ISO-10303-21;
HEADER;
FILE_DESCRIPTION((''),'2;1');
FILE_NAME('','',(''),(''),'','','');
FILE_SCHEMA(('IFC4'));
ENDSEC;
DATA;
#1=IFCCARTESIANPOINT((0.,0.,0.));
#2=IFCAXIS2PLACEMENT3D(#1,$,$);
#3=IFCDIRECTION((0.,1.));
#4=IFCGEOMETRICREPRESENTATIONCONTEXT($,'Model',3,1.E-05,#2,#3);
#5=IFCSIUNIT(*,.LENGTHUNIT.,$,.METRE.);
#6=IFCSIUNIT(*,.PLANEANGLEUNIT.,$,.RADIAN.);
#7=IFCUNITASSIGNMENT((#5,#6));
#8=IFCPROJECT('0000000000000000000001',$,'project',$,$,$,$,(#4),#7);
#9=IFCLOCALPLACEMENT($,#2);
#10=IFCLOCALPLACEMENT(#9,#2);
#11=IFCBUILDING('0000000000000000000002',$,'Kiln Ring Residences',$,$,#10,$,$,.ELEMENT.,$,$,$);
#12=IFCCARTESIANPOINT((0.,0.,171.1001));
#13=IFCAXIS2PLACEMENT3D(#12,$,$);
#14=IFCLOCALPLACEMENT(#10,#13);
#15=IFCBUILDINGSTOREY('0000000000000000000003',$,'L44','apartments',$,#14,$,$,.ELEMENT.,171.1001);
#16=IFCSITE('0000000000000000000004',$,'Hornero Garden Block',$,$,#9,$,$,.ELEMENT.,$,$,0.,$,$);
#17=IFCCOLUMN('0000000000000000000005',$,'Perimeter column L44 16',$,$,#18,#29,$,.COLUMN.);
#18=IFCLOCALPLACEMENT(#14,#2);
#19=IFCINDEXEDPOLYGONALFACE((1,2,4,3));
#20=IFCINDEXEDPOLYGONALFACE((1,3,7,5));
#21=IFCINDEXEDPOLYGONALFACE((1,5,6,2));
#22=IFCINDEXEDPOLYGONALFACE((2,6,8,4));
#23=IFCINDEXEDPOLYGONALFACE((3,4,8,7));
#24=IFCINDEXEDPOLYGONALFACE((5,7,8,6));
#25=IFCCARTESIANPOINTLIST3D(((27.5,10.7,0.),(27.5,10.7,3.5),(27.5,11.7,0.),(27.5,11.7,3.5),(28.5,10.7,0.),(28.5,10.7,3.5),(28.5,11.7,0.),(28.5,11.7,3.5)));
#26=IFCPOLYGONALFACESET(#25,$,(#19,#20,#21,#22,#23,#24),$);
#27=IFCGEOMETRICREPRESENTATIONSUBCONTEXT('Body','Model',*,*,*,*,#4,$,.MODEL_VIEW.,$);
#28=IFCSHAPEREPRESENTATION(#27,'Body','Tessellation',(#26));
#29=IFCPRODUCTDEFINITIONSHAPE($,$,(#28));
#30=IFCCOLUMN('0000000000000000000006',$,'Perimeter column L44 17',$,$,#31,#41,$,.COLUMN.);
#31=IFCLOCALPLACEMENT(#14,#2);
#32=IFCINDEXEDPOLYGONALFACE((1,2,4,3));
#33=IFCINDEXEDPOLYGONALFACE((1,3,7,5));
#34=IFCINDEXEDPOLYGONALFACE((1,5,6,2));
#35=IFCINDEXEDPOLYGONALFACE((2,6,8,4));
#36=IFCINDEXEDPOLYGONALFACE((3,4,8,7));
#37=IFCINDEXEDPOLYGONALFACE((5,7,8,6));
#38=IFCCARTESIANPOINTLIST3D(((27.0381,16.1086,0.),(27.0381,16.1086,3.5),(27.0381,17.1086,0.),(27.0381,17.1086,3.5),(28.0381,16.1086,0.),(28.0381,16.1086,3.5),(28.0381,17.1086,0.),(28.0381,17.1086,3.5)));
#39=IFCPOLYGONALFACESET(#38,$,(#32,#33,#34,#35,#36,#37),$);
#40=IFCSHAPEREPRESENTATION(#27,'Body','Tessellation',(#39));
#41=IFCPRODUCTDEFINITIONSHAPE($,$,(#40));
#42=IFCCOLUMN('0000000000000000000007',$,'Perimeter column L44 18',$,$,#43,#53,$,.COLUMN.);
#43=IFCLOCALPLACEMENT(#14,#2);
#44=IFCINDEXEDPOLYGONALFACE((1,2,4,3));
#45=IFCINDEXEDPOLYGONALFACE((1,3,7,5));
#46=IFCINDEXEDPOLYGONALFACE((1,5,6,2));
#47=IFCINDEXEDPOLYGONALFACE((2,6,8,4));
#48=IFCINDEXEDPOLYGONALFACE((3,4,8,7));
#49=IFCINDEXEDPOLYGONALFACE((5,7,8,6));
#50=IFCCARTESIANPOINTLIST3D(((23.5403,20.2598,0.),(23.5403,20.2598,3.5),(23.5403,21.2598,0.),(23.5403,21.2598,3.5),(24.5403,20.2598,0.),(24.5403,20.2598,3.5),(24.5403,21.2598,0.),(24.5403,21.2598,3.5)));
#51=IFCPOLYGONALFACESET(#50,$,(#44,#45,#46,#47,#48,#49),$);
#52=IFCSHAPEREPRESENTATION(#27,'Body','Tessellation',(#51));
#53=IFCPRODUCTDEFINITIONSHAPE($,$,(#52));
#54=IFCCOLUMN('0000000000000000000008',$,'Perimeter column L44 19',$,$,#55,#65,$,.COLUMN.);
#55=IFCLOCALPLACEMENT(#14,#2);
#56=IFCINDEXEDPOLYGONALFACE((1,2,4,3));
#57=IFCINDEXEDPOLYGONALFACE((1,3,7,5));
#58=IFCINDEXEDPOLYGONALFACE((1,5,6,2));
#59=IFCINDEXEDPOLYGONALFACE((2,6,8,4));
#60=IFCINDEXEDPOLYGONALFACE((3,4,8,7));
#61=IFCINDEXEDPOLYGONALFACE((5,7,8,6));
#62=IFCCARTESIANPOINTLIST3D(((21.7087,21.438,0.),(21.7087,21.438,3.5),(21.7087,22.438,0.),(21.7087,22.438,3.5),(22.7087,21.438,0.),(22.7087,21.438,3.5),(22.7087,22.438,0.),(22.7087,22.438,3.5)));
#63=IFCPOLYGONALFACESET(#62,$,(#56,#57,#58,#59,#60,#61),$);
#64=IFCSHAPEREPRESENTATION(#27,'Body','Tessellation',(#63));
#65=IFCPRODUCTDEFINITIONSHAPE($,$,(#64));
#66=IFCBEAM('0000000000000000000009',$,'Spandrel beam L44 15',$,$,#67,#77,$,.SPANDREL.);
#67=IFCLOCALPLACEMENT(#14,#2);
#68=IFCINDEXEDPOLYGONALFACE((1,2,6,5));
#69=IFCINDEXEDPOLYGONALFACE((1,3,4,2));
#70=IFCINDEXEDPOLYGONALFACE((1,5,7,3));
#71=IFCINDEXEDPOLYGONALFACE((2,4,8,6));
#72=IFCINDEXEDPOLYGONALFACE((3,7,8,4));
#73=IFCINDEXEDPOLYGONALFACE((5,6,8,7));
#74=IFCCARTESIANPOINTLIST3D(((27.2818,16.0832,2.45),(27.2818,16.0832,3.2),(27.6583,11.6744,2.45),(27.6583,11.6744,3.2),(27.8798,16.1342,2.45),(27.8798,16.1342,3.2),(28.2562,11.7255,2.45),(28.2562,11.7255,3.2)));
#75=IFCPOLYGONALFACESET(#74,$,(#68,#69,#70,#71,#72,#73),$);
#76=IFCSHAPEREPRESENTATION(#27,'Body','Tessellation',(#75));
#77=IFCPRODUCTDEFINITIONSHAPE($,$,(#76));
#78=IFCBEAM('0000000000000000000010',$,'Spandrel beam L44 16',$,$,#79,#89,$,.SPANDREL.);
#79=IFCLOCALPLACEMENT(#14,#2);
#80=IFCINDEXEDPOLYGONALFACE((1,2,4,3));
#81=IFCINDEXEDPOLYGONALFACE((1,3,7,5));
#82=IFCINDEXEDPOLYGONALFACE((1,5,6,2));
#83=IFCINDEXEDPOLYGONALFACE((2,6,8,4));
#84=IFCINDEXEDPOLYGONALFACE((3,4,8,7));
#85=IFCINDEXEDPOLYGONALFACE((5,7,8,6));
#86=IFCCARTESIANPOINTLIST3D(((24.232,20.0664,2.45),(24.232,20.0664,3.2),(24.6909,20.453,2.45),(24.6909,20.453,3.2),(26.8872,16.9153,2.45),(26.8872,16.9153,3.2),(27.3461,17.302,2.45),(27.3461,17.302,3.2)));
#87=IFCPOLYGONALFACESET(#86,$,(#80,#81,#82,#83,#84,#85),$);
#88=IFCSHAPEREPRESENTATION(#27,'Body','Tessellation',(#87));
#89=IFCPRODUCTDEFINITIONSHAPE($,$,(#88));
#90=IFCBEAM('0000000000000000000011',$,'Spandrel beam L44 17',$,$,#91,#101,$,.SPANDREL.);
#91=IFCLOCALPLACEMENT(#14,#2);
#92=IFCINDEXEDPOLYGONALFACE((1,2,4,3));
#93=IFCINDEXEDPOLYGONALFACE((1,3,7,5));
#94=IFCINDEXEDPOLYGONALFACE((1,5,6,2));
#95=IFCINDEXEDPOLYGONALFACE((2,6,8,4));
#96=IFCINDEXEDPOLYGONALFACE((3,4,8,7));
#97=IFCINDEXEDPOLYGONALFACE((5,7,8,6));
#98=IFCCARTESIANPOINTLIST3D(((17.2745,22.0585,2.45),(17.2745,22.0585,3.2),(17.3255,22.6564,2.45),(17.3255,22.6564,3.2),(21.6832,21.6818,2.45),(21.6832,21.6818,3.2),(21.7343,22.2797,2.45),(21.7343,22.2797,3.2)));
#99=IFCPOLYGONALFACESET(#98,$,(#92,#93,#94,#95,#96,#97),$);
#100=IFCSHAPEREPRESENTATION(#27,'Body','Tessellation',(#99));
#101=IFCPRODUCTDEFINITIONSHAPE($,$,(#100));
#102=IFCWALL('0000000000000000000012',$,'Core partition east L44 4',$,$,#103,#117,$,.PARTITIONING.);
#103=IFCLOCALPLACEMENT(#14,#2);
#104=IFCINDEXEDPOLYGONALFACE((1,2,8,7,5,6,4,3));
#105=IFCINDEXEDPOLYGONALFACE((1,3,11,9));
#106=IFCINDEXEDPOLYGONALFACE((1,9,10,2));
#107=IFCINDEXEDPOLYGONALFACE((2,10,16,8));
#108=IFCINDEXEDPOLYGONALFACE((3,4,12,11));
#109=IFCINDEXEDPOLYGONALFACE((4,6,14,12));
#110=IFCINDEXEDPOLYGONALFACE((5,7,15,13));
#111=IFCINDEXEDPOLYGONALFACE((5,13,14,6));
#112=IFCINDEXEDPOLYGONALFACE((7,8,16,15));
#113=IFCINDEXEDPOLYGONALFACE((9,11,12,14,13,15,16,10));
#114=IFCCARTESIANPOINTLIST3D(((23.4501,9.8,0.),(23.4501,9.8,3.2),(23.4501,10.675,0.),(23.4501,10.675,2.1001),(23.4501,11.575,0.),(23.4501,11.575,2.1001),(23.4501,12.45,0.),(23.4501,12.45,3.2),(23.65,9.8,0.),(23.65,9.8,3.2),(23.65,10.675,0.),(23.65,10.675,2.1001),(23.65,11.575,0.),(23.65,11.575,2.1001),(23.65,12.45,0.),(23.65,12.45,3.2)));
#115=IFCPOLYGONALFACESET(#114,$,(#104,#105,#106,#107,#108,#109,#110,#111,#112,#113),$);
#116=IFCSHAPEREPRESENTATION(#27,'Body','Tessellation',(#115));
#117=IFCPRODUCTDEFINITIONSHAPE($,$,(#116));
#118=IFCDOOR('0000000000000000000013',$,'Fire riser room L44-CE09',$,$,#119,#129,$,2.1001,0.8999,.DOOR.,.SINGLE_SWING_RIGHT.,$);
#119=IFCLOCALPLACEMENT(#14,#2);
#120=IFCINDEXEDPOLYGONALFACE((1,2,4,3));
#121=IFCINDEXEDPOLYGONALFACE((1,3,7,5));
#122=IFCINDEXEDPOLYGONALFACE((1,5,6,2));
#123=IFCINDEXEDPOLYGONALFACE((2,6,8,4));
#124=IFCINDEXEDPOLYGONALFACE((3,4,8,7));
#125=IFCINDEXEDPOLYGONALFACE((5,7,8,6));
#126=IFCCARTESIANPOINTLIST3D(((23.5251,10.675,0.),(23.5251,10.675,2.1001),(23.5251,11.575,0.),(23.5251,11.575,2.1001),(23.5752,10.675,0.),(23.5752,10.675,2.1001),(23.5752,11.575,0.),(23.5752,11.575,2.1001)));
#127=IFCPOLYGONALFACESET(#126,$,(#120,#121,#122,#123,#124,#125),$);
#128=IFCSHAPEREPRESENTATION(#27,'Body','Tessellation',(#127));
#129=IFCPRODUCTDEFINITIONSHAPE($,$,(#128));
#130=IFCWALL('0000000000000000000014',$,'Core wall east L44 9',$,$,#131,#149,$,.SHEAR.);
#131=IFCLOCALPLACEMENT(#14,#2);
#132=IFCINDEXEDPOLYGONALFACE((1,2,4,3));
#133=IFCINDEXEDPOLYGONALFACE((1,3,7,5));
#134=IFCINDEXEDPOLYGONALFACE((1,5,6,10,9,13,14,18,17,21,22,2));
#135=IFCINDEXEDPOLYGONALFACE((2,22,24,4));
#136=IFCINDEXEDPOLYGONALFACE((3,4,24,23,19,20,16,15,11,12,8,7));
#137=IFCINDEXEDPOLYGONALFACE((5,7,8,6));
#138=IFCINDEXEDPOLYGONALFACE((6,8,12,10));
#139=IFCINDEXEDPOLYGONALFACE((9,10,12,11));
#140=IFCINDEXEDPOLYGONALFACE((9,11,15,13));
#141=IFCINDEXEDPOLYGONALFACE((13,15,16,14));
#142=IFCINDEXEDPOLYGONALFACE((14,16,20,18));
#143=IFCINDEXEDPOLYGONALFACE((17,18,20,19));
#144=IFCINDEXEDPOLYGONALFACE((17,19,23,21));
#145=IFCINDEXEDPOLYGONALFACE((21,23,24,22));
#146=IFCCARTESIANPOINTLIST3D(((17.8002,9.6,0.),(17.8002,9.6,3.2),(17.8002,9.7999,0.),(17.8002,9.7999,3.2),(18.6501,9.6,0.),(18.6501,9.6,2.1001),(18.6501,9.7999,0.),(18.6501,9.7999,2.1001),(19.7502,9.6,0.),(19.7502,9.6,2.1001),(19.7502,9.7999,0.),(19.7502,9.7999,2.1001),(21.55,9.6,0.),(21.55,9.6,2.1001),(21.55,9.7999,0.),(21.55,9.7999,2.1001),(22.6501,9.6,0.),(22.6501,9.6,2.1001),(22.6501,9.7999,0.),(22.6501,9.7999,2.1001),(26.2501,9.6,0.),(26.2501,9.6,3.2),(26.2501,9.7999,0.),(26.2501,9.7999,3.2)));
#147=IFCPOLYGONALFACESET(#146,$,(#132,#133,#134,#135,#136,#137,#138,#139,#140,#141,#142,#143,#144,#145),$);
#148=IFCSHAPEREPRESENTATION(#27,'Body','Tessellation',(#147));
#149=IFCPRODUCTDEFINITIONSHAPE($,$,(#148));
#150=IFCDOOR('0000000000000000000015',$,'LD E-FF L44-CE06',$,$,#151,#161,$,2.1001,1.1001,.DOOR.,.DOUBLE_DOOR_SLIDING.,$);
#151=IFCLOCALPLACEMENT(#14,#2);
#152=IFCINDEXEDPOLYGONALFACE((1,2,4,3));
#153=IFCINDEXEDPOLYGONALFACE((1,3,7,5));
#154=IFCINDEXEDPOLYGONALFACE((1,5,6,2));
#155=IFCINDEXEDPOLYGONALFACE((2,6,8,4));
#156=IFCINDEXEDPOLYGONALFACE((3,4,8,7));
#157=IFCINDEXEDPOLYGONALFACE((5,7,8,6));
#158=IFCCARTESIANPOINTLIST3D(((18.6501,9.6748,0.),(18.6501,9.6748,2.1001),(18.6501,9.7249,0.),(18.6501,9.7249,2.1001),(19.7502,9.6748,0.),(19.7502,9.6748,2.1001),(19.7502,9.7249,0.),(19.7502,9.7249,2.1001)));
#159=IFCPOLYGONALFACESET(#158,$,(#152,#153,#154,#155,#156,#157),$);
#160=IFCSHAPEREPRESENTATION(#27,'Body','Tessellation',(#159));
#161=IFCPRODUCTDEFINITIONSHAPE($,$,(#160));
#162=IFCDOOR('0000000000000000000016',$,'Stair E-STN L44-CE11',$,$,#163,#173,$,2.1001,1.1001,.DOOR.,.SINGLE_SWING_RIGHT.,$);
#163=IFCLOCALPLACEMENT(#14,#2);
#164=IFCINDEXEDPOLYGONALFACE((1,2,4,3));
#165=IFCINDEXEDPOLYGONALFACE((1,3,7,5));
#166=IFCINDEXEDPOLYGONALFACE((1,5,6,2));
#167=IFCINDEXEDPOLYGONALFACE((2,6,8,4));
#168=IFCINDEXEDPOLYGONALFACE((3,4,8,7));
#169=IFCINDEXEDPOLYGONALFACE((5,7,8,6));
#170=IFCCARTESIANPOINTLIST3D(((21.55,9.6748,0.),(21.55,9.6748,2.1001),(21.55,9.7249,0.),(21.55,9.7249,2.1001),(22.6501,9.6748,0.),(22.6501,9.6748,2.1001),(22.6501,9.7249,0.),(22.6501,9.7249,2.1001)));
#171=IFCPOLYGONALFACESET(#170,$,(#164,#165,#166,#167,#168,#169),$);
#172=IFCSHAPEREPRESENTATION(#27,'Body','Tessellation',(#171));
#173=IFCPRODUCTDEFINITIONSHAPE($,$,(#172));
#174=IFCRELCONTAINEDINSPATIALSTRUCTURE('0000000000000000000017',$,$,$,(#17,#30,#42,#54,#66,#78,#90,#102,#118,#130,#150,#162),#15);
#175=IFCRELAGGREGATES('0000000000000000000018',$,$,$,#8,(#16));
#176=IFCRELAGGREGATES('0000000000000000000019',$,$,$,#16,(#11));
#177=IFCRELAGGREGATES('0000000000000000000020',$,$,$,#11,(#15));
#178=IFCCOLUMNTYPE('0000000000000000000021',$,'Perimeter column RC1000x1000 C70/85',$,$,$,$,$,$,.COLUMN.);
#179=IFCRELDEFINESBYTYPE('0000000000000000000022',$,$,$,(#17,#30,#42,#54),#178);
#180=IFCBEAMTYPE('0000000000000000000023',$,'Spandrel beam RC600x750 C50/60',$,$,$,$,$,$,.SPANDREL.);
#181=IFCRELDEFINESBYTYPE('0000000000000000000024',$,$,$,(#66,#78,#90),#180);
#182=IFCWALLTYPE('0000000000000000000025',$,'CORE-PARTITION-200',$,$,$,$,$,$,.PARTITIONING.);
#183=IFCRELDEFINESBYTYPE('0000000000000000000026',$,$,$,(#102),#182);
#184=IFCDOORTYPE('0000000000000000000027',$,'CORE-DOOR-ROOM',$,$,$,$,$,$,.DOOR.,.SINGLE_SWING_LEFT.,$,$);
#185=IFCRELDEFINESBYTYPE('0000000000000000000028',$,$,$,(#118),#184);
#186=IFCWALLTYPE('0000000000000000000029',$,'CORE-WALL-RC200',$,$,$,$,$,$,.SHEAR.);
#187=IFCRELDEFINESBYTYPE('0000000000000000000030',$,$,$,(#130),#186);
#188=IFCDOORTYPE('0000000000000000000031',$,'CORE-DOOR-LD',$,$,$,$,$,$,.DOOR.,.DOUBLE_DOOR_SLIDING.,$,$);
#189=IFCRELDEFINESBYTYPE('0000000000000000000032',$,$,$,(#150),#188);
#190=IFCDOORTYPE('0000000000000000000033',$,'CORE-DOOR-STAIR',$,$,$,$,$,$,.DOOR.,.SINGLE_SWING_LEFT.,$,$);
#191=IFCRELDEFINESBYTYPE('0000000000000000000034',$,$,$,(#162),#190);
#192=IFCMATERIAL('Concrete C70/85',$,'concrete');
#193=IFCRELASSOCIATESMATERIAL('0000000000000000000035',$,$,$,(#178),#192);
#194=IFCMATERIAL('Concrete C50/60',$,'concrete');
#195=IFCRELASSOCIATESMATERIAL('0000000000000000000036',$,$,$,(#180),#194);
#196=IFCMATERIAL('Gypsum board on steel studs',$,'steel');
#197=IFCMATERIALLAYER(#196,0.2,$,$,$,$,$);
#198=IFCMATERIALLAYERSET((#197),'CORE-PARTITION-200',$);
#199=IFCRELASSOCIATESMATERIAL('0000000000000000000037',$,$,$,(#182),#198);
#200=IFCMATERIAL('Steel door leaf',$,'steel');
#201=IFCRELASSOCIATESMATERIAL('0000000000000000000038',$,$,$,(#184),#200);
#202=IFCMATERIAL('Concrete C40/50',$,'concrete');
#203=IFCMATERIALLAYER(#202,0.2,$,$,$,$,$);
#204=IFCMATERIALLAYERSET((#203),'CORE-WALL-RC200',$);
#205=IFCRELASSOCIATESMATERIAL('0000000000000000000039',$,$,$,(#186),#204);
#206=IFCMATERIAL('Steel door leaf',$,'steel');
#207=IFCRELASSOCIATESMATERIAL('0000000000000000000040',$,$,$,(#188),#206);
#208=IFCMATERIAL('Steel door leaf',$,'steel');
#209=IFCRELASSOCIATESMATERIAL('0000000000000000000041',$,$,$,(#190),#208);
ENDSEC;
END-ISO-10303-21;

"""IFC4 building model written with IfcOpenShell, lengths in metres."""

from ifc_helpers import new_model, si_unit, direction, frame, frame_2d, origin, origin_2d, place, context, subcontext, project, spatial, rectangle, extrude, material, layer, layer_set, material_profile, profile_set, type_object, element, fill, save


model = new_model("IFC4")

# Units and contexts
model_context = context("Model", 3, precision=1e-05, world=origin(), true_north=direction((0.0, 1.0)))
body_context = subcontext(model_context, "Body", "Model", "MODEL_VIEW")
ifc_project = project(units=[si_unit("LENGTHUNIT", "METRE"), si_unit("PLANEANGLEUNIT", "RADIAN")], contexts=[model_context])

# Site, building, storey
site_placement = place(None, origin())
site = spatial("IfcSite", under=ifc_project, at=site_placement, Name="Hornero Garden Block", CompositionType="ELEMENT", RefElevation=0.0)
building_placement = place(site_placement, origin())
building = spatial("IfcBuilding", under=site, at=building_placement, Name="Kiln Ring Residences", CompositionType="ELEMENT")
storey_placement = place(building_placement, frame((0.0, 0.0, 171.1001)))
storey = spatial("IfcBuildingStorey", under=building, at=storey_placement, Name="L44", Description="apartments", CompositionType="ELEMENT", Elevation=171.1001)

# Columns
ifc_material_1 = material(Name="Concrete C70/85", Category="concrete")
ifc_material_profile_1 = material_profile(ifc_material_1, rectangle(XDim=1.0, YDim=1.0, at=origin_2d()), Name="RC1000x1000")
ifc_profile_set_1 = profile_set([ifc_material_profile_1], Name="Concrete C70/85")
column_type = type_object("IfcColumnType", Name="Perimeter column RC1000x1000 C70/85", PredefinedType="COLUMN", material=ifc_profile_set_1)
for number, where, z_axis, x_axis, name in (
    (1, (28.0, 11.2, 0.0), (0.0, 0.0, 1.0), (1.0, 0.0, 0.0), "Perimeter column L44 16"),
    (2, (27.5381, 16.6086, 0.0), (0.0, 0.0, 1.0), (1.0, 0.0, 0.0), "Perimeter column L44 17"),
    (3, (24.0403, 20.7598, 0.0), (0.0, 0.0, 1.0), (1.0, 0.0, 0.0), "Perimeter column L44 18"),
    (4, (22.2087, 21.938, 0.0), (0.0, 0.0, 1.0), (1.0, 0.0, 0.0), "Perimeter column L44 19"),
):
    element("IfcColumn", number, at=place(storey_placement, frame(where, z_axis=z_axis, x_axis=x_axis)), inside=storey, type_object=column_type, Name=name, PredefinedType="COLUMN", context=body_context, shape_type="SweptSolid", body=[
        extrude(rectangle(XDim=1.0, YDim=1.0, at=origin_2d()), origin(), (0.0, 0.0, 1.0), 3.5),
    ])

# Beams
ifc_material_2 = material(Name="Concrete C50/60", Category="concrete")
ifc_material_profile_2 = material_profile(ifc_material_2, rectangle(XDim=0.6001, YDim=0.75, at=origin_2d()), Name="RC600x750")
ifc_profile_set_2 = profile_set([ifc_material_profile_2], Name="Concrete C50/60")
beam_type = type_object("IfcBeamType", Name="Spandrel beam RC600x750 C50/60", PredefinedType="SPANDREL", material=ifc_profile_set_2)
beam_1_placement = place(storey_placement, frame((27.9573, 11.7, 2.825), z_axis=(-0.085082, 0.996374, 0.0), x_axis=(-0.996374, -0.085082, 0.0)))
element("IfcBeam", 5, at=beam_1_placement, inside=storey, type_object=beam_type, Name="Spandrel beam L44 15", PredefinedType="SPANDREL", context=body_context, shape_type="SweptSolid", body=[
    extrude(rectangle(XDim=0.6001, YDim=0.75, at=origin_2d()), origin(), (0.0, 0.0, 1.0), 4.4248),
])
beam_2_placement = place(storey_placement, frame((27.1167, 17.1086, 2.825), z_axis=(-0.644377, 0.764708, 0.0), x_axis=(-0.764708, -0.644377, 0.0)))
element("IfcBeam", 6, at=beam_2_placement, inside=storey, type_object=beam_type, Name="Spandrel beam L44 16", PredefinedType="SPANDREL", context=body_context, shape_type="SweptSolid", body=[
    extrude(rectangle(XDim=0.6001, YDim=0.75, at=origin_2d()), origin(), (0.0, 0.0, 1.0), 4.1206),
])
beam_3_placement = place(storey_placement, frame((21.7087, 21.9807, 2.825), z_axis=(-0.996369, 0.085137, 0.0), x_axis=(-0.085137, -0.996369, 0.0)))
element("IfcBeam", 7, at=beam_3_placement, inside=storey, type_object=beam_type, Name="Spandrel beam L44 17", PredefinedType="SPANDREL", context=body_context, shape_type="SweptSolid", body=[
    extrude(rectangle(XDim=0.6001, YDim=0.75, at=origin_2d()), origin(), (0.0, 0.0, 1.0), 4.4248),
])

# Wall, opening, door
ifc_material_3 = material(Name="Gypsum board on steel studs", Category="steel")
ifc_layer_1 = layer(ifc_material_3, 0.2)
ifc_layer_set_1 = layer_set([ifc_layer_1], Name="CORE-PARTITION-200")
wall_type_1 = type_object("IfcWallType", Name="CORE-PARTITION-200", PredefinedType="PARTITIONING", material=ifc_layer_set_1)
wall_1_placement = place(storey_placement, frame((23.55, 9.8, 0.0), z_axis=(0.0, 0.0, 1.0), x_axis=(0.0, 1.0, 0.0)))
wall_1 = element("IfcWall", 8, at=wall_1_placement, inside=storey, type_object=wall_type_1, Name="Core partition east L44 4", PredefinedType="PARTITIONING", context=body_context, shape_type="SweptSolid", body=[
    extrude(rectangle(XDim=2.6499, YDim=0.2, at=frame_2d((1.325, 0.0))), origin(), (0.0, 0.0, 1.0), 3.2),
])
opening_1_placement = place(wall_1_placement, frame((0.875, 0.0, 0.0)))
opening_1 = element("IfcOpeningElement", 9, at=opening_1_placement, cuts=wall_1, PredefinedType="OPENING", context=body_context, shape_type="SweptSolid", body=[
    extrude(rectangle(XDim=0.8999, YDim=2.1001, at=frame_2d((0.45, 1.05))), frame((0.0, 0.1099, 0.0), z_axis=(0.0, -1.0, 0.0), x_axis=(1.0, 0.0, 0.0)), (0.0, 0.0, 1.0), 0.22),
])
ifc_material_4 = material(Name="Steel door leaf", Category="steel")
door_type_1 = type_object("IfcDoorType", Name="CORE-DOOR-ROOM", OperationType="SINGLE_SWING_LEFT", PredefinedType="DOOR", material=ifc_material_4)
door_1_placement = place(opening_1_placement, origin())
door_1 = element("IfcDoor", 10, at=door_1_placement, inside=storey, type_object=door_type_1, Name="Fire riser room L44-CE09", OperationType="SINGLE_SWING_RIGHT", OverallHeight=2.1001, OverallWidth=0.8999, PredefinedType="DOOR", context=body_context, shape_type="SweptSolid", body=[
    extrude(rectangle(XDim=0.8999, YDim=2.1001, at=frame_2d((0.45, 1.05))), frame((0.0, 0.0249, 0.0), z_axis=(0.0, -1.0, 0.0), x_axis=(1.0, 0.0, 0.0)), (0.0, 0.0, 1.0), 0.05),
])
fill(opening_1, door_1)

# Wall, openings, doors
ifc_material_5 = material(Name="Concrete C40/50", Category="concrete")
ifc_layer_2 = layer(ifc_material_5, 0.2)
ifc_layer_set_2 = layer_set([ifc_layer_2], Name="CORE-WALL-RC200")
wall_type_2 = type_object("IfcWallType", Name="CORE-WALL-RC200", PredefinedType="SHEAR", material=ifc_layer_set_2)
wall_2_placement = place(storey_placement, frame((17.8, 9.7, 0.0), z_axis=(0.0, 0.0, 1.0), x_axis=(1.0, 0.0, 0.0)))
wall_2 = element("IfcWall", 11, at=wall_2_placement, inside=storey, type_object=wall_type_2, Name="Core wall east L44 9", PredefinedType="SHEAR", context=body_context, shape_type="SweptSolid", body=[
    extrude(rectangle(XDim=8.45, YDim=0.2, at=frame_2d((4.2251, 0.0))), origin(), (0.0, 0.0, 1.0), 3.2),
])
opening_2_placement = place(wall_2_placement, frame((0.8501, 0.0, 0.0)))
opening_2 = element("IfcOpeningElement", 12, at=opening_2_placement, cuts=wall_2, PredefinedType="OPENING", context=body_context, shape_type="SweptSolid", body=[
    extrude(rectangle(XDim=1.1001, YDim=2.1001, at=frame_2d((0.55, 1.05))), frame((0.0, 0.1099, 0.0), z_axis=(0.0, -1.0, 0.0), x_axis=(1.0, 0.0, 0.0)), (0.0, 0.0, 1.0), 0.22),
])
opening_3_placement = place(wall_2_placement, frame((3.75, 0.0, 0.0)))
opening_3 = element("IfcOpeningElement", 13, at=opening_3_placement, cuts=wall_2, PredefinedType="OPENING", context=body_context, shape_type="SweptSolid", body=[
    extrude(rectangle(XDim=1.1001, YDim=2.1001, at=frame_2d((0.55, 1.05))), frame((0.0, 0.1099, 0.0), z_axis=(0.0, -1.0, 0.0), x_axis=(1.0, 0.0, 0.0)), (0.0, 0.0, 1.0), 0.22),
])
ifc_material_6 = material(Name="Steel door leaf", Category="steel")
door_type_2 = type_object("IfcDoorType", Name="CORE-DOOR-LD", OperationType="DOUBLE_DOOR_SLIDING", PredefinedType="DOOR", material=ifc_material_6)
door_2_placement = place(opening_2_placement, origin())
door_2 = element("IfcDoor", 14, at=door_2_placement, inside=storey, type_object=door_type_2, Name="LD E-FF L44-CE06", OperationType="DOUBLE_DOOR_SLIDING", OverallHeight=2.1001, OverallWidth=1.1001, PredefinedType="DOOR", context=body_context, shape_type="SweptSolid", body=[
    extrude(rectangle(XDim=1.1001, YDim=2.1001, at=frame_2d((0.55, 1.05))), frame((0.0, 0.0249, 0.0), z_axis=(0.0, -1.0, 0.0), x_axis=(1.0, 0.0, 0.0)), (0.0, 0.0, 1.0), 0.05),
])
fill(opening_2, door_2)
ifc_material_7 = material(Name="Steel door leaf", Category="steel")
door_type_3 = type_object("IfcDoorType", Name="CORE-DOOR-STAIR", OperationType="SINGLE_SWING_LEFT", PredefinedType="DOOR", material=ifc_material_7)
door_3_placement = place(opening_3_placement, origin())
door_3 = element("IfcDoor", 15, at=door_3_placement, inside=storey, type_object=door_type_3, Name="Stair E-STN L44-CE11", OperationType="SINGLE_SWING_RIGHT", OverallHeight=2.1001, OverallWidth=1.1001, PredefinedType="DOOR", context=body_context, shape_type="SweptSolid", body=[
    extrude(rectangle(XDim=1.1001, YDim=2.1001, at=frame_2d((0.55, 1.05))), frame((0.0, 0.0249, 0.0), z_axis=(0.0, -1.0, 0.0), x_axis=(1.0, 0.0, 0.0)), (0.0, 0.0, 1.0), 0.05),
])
fill(opening_3, door_3)

save(model, "model.ifc")
